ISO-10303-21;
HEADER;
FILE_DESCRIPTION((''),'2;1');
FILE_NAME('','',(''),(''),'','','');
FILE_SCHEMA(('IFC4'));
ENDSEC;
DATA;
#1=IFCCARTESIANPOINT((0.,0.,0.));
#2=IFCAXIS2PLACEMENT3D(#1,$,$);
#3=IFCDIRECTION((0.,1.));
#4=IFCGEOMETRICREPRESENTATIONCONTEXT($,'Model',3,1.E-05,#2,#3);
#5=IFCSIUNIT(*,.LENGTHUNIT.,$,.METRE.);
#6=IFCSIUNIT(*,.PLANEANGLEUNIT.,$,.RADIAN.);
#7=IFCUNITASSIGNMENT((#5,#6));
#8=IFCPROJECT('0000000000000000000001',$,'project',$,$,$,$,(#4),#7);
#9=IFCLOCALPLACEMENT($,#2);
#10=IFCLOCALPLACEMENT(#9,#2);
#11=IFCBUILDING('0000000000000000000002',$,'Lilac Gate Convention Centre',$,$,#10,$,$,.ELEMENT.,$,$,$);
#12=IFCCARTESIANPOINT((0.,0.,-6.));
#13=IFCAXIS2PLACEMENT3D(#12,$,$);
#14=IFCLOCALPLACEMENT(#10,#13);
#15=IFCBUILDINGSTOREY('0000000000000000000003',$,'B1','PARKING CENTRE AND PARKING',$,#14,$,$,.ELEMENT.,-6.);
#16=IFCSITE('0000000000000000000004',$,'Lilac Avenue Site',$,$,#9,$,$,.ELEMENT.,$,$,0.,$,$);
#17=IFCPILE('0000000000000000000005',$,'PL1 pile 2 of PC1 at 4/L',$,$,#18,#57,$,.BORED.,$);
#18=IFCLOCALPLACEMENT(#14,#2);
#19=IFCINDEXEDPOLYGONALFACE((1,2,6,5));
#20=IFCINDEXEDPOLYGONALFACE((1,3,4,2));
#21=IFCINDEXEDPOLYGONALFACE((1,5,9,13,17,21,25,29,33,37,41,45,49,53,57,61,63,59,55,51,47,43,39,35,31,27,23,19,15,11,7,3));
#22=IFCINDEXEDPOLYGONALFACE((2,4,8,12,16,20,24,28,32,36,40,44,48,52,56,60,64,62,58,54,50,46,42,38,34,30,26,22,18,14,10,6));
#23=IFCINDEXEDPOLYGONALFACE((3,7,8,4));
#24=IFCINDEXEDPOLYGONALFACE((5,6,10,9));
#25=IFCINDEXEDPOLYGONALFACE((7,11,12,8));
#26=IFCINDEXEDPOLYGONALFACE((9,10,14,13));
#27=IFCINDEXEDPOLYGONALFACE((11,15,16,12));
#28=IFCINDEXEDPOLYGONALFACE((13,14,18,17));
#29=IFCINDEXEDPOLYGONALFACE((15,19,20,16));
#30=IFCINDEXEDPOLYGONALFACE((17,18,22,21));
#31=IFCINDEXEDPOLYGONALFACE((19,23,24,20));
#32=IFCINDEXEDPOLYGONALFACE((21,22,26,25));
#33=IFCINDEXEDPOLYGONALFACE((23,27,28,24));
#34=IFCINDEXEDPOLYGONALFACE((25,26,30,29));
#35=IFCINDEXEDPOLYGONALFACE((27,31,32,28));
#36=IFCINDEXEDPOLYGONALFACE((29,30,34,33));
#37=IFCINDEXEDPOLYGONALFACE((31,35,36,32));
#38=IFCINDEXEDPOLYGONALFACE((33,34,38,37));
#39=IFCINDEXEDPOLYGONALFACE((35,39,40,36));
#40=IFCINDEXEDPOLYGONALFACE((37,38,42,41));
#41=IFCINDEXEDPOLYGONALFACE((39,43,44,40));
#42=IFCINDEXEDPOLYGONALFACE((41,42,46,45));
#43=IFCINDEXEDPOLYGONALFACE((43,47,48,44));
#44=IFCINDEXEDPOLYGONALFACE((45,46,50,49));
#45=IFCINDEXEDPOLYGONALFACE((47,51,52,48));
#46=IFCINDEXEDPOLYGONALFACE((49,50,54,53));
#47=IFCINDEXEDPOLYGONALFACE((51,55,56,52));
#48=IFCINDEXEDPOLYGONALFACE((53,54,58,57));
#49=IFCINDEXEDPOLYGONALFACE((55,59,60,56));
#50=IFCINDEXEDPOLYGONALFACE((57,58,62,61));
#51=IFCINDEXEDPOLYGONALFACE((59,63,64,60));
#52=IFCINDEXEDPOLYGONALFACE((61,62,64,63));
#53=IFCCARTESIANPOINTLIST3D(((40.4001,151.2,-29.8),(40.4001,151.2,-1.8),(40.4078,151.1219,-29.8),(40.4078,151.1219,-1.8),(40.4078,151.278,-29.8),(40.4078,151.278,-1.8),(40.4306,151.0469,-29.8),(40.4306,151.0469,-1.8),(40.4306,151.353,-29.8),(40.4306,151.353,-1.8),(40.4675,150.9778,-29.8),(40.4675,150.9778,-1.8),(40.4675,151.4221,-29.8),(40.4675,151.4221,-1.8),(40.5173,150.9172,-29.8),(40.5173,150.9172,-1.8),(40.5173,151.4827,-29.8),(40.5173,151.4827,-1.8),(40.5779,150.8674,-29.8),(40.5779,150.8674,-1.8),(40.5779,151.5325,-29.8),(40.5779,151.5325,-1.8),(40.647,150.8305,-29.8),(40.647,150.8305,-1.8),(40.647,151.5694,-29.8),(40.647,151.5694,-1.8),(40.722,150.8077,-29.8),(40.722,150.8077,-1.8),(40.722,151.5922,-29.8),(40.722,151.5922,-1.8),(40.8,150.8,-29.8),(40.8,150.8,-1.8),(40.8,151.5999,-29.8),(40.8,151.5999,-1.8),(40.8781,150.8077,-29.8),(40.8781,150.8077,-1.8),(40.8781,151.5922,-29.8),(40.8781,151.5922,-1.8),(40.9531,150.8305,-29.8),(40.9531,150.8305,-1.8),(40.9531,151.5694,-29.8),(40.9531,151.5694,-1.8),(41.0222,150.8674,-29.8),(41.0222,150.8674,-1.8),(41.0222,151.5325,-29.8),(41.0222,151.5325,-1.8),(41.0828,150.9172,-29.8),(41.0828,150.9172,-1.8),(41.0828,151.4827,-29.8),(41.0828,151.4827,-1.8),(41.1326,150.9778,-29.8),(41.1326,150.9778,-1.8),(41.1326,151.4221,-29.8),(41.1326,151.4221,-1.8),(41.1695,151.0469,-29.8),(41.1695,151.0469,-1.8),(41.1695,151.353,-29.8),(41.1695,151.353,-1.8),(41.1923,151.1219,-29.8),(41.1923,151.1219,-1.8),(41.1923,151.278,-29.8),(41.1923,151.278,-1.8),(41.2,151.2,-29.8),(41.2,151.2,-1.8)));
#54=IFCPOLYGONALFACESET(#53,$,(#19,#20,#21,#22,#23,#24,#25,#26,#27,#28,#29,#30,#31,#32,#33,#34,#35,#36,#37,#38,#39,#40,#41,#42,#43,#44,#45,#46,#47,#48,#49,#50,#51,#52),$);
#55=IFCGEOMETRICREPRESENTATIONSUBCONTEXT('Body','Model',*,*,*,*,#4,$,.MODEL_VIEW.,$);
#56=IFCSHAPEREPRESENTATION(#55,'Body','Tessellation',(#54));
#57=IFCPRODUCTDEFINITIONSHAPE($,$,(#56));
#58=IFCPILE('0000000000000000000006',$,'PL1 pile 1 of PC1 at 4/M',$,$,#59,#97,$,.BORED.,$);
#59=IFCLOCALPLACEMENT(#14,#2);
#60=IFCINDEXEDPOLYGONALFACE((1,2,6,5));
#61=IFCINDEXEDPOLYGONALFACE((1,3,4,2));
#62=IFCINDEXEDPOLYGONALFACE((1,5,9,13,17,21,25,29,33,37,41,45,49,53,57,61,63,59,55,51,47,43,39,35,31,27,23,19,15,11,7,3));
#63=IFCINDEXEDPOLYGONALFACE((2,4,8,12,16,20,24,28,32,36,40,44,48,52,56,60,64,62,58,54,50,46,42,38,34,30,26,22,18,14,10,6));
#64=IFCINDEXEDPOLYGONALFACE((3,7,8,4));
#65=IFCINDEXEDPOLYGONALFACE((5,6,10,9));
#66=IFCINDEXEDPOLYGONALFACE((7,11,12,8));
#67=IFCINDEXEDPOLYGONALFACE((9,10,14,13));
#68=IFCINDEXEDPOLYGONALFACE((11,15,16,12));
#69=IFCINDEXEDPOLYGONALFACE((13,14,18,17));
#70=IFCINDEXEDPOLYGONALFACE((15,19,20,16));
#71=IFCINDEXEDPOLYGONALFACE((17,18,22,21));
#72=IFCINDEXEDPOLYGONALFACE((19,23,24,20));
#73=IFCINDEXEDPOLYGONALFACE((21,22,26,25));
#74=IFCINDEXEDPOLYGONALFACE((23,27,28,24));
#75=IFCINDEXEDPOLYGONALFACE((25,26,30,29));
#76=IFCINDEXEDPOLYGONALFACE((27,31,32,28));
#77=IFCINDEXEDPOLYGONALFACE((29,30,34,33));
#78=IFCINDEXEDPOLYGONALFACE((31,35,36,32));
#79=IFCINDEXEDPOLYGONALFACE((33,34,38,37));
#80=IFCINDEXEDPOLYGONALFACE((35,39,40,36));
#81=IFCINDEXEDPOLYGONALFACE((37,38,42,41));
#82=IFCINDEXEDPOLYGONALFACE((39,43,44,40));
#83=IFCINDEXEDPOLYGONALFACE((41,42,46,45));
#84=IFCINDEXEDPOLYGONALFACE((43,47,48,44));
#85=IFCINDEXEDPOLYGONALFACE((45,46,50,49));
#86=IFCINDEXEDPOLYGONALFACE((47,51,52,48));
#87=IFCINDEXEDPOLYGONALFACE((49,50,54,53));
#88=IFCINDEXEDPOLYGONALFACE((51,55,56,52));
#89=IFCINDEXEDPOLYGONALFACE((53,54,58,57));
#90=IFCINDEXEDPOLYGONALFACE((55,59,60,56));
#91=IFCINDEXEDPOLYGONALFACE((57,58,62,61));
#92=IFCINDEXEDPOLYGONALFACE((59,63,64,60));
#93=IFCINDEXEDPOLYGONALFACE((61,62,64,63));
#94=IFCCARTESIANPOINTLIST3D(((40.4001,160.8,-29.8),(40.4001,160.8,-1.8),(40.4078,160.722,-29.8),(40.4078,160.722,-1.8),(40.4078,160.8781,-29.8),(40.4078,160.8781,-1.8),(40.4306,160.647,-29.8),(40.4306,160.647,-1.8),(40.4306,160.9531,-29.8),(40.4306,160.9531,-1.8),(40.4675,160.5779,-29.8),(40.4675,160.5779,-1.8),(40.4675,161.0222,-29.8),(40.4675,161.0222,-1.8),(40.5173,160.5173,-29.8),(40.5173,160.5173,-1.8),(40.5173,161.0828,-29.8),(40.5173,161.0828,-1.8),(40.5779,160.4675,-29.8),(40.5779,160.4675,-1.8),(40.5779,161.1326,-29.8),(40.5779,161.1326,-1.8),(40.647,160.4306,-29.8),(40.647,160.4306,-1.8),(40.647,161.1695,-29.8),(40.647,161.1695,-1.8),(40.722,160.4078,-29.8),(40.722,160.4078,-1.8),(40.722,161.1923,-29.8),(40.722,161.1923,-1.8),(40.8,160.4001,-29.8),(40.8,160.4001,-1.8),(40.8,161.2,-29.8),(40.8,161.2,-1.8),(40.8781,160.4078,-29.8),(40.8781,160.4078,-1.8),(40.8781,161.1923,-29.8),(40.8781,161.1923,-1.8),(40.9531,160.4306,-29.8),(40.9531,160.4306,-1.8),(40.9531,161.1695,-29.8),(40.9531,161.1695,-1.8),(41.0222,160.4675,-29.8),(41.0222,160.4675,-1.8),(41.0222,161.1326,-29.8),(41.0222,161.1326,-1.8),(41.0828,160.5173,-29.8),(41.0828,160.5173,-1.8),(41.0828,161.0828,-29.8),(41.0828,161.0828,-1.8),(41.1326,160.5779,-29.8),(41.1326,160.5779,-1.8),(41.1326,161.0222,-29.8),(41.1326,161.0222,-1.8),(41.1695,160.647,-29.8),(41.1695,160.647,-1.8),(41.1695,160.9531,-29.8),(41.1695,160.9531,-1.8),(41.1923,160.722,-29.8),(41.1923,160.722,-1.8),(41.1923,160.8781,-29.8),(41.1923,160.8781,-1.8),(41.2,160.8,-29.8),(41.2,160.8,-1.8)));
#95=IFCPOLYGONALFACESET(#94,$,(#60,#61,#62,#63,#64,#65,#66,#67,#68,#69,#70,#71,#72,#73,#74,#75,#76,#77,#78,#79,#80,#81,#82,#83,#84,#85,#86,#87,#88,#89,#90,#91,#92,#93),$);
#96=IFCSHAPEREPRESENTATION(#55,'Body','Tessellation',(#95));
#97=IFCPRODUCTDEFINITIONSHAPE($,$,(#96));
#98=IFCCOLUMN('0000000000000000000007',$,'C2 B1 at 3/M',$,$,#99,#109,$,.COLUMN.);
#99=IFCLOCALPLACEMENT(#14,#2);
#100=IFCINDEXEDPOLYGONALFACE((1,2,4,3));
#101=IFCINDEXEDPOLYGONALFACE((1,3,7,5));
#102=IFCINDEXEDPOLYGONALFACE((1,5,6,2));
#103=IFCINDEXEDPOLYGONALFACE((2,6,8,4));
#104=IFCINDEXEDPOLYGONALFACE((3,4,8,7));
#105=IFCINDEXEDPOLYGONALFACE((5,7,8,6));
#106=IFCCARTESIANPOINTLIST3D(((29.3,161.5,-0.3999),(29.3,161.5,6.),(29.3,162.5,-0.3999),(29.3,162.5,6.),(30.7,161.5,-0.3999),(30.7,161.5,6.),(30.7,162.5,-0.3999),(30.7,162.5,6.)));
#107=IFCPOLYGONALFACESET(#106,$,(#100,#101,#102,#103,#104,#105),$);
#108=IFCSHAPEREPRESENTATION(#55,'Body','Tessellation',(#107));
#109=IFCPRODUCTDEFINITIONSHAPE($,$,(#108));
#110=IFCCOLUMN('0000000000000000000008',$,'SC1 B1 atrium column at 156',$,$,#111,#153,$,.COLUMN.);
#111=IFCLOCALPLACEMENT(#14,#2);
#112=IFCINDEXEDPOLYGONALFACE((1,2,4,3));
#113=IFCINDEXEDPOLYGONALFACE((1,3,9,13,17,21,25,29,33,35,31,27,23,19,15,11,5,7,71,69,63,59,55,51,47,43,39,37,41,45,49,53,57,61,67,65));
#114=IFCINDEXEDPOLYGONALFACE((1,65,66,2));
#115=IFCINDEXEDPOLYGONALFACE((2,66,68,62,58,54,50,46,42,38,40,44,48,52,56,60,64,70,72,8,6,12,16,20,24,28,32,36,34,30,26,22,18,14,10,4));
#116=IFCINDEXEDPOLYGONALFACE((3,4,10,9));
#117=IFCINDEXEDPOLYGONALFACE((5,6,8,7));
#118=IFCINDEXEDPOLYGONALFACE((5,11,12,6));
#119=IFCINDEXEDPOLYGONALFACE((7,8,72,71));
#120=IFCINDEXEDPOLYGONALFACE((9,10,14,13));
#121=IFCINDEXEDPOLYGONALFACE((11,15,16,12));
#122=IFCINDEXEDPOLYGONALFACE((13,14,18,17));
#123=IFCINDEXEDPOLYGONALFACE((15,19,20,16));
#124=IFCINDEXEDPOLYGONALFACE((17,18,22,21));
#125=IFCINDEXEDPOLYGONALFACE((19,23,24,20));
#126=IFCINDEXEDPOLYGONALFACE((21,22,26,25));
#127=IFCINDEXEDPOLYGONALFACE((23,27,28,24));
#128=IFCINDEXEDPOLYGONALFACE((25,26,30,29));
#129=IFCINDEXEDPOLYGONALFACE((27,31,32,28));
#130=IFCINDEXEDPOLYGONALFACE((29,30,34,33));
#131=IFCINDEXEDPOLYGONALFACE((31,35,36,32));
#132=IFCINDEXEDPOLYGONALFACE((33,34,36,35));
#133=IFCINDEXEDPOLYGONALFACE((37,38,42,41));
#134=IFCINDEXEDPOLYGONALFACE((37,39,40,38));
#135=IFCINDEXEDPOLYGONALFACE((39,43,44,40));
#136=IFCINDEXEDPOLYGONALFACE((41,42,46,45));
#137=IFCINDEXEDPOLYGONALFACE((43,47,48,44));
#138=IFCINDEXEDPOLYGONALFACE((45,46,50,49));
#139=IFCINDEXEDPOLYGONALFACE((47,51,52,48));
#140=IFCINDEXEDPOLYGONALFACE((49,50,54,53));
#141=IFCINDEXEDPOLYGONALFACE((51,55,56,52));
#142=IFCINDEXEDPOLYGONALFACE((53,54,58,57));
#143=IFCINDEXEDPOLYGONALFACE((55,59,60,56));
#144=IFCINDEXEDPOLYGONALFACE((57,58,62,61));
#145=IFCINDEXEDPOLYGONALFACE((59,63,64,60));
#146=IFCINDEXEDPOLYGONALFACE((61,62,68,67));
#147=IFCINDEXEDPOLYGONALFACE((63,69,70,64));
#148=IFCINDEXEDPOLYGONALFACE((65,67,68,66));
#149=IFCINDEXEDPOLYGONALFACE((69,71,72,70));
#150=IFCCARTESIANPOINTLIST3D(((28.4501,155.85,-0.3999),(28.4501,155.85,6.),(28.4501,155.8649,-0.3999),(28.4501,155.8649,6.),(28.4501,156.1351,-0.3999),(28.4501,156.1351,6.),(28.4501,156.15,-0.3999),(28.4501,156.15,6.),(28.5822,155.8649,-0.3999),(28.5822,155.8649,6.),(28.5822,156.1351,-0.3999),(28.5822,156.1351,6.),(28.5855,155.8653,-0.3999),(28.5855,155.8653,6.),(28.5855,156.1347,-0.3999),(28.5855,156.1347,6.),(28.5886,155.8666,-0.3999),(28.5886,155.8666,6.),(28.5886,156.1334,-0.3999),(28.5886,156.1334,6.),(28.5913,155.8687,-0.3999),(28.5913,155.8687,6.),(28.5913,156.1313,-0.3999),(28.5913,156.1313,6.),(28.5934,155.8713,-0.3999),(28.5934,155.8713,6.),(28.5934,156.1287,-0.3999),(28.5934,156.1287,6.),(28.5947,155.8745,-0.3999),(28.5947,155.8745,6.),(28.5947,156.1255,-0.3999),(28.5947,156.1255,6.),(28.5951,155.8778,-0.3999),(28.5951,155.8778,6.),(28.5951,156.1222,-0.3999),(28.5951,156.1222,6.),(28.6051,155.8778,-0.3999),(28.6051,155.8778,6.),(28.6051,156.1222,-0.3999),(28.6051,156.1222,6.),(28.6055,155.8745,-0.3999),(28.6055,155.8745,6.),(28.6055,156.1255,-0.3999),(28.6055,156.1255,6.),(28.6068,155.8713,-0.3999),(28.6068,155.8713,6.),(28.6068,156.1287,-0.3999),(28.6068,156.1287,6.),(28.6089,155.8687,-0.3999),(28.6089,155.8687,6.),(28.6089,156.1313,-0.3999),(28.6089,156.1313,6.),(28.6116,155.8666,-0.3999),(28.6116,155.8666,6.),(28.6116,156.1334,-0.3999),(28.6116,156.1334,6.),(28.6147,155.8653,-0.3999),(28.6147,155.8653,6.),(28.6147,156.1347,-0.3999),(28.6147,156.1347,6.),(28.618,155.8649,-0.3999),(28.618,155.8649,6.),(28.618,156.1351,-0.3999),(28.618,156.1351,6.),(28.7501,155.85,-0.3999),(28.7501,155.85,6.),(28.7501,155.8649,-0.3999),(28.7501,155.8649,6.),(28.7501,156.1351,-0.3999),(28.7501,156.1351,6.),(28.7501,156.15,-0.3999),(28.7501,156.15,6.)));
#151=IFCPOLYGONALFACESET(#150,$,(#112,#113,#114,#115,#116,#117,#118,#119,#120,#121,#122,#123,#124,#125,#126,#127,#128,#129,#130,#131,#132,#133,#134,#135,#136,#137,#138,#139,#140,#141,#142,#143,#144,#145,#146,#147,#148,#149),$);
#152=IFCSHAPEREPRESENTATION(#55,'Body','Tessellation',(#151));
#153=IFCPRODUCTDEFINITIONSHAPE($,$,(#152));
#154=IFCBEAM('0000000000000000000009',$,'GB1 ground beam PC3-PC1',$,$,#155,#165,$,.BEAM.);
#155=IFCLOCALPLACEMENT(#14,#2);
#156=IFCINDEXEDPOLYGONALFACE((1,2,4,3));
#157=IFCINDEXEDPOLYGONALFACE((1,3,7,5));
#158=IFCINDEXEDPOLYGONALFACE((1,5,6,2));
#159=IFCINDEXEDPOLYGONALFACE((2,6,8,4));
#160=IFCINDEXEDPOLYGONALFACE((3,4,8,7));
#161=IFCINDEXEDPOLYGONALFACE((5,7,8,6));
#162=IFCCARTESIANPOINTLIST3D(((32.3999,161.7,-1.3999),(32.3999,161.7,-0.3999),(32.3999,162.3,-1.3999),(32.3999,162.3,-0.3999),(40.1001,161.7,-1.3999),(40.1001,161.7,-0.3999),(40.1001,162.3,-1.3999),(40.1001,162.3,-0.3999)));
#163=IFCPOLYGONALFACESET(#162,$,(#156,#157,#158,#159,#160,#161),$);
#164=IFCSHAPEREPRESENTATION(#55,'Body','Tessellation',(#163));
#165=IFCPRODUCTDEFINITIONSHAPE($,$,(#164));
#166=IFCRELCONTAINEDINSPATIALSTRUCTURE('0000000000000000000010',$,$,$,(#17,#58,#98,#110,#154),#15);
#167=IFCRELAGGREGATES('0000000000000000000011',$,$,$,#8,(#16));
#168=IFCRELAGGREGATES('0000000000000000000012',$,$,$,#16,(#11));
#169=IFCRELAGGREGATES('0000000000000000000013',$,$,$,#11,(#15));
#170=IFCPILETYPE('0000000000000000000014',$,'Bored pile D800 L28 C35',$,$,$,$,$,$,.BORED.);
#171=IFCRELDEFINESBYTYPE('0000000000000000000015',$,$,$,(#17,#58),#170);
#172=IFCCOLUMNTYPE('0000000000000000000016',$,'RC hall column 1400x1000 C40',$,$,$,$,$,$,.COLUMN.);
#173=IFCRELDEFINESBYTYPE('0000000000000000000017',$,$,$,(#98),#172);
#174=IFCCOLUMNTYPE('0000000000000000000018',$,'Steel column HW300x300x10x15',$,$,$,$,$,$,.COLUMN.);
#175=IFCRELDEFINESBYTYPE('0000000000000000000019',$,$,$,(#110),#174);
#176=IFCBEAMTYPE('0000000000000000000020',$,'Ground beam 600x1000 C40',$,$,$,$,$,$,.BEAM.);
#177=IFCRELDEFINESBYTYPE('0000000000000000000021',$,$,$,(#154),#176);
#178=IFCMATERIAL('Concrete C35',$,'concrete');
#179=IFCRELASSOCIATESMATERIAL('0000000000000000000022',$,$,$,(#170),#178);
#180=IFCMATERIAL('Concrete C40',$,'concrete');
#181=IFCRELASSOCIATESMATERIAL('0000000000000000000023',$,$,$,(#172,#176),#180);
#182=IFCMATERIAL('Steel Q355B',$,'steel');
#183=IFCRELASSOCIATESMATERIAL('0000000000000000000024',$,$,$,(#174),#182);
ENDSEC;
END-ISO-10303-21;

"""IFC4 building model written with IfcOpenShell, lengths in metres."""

from ifc_helpers import new_model, si_unit, direction, frame, origin, origin_2d, place, context, subcontext, project, spatial, rectangle, circle, i_section, extrude, material, material_profile, profile_set, type_object, element, save


model = new_model("IFC4")

# Units and contexts
model_context = context("Model", 3, precision=1e-05, world=origin(), true_north=direction((0.0, 1.0)))
body_context = subcontext(model_context, "Body", "Model", "MODEL_VIEW")
ifc_project = project(units=[si_unit("LENGTHUNIT", "METRE"), si_unit("PLANEANGLEUNIT", "RADIAN")], contexts=[model_context])

# Site, building, storey
site_placement = place(None, origin())
site = spatial("IfcSite", under=ifc_project, at=site_placement, Name="Lilac Avenue Site", CompositionType="ELEMENT", RefElevation=0.0)
building_placement = place(site_placement, origin())
building = spatial("IfcBuilding", under=site, at=building_placement, Name="Lilac Gate Convention Centre", CompositionType="ELEMENT")
storey_placement = place(building_placement, frame((0.0, 0.0, -6.0)))
storey = spatial("IfcBuildingStorey", under=building, at=storey_placement, Name="B1", Description="PARKING CENTRE AND PARKING", CompositionType="ELEMENT", Elevation=-6.0)

# Piles
ifc_material_1 = material(Name="Concrete C35", Category="concrete")
ifc_material_profile_1 = material_profile(ifc_material_1, circle(Radius=0.3999, at=origin_2d()), Name="D800")
ifc_profile_set_1 = profile_set([ifc_material_profile_1], Name="Concrete C35")
pile_type = type_object("IfcPileType", Name="Bored pile D800 L28 C35", PredefinedType="BORED", material=ifc_profile_set_1)
for number, where, z_axis, x_axis, name in (
    (1, (40.8, 151.2, -1.8), (0.0, 0.0, -1.0), (1.0, 0.0, 0.0), "PL1 pile 2 of PC1 at 4/L"),
    (2, (40.8, 160.8, -1.8), (0.0, 0.0, -1.0), (1.0, 0.0, 0.0), "PL1 pile 1 of PC1 at 4/M"),
):
    element("IfcPile", number, at=place(storey_placement, frame(where, z_axis=z_axis, x_axis=x_axis)), inside=storey, type_object=pile_type, Name=name, PredefinedType="BORED", context=body_context, shape_type="SweptSolid", body=[
        extrude(circle(Radius=0.3999, at=origin_2d()), origin(), (0.0, 0.0, 1.0), 28.0),
    ])

# Columns
ifc_material_2 = material(Name="Concrete C40", Category="concrete")
ifc_material_profile_2 = material_profile(ifc_material_2, rectangle(XDim=1.3999, YDim=1.0, at=origin_2d()), Name="RC 1400x1000")
ifc_profile_set_2 = profile_set([ifc_material_profile_2], Name="Concrete C40")
column_type_1 = type_object("IfcColumnType", Name="RC hall column 1400x1000 C40", PredefinedType="COLUMN", material=ifc_profile_set_2)
column_1_placement = place(storey_placement, frame((30.0, 162.0, -0.3999), z_axis=(0.0, 0.0, 1.0), x_axis=(1.0, 0.0, 0.0)))
element("IfcColumn", 3, at=column_1_placement, inside=storey, type_object=column_type_1, Name="C2 B1 at 3/M", PredefinedType="COLUMN", context=body_context, shape_type="SweptSolid", body=[
    extrude(rectangle(XDim=1.3999, YDim=1.0, at=origin_2d()), origin(), (0.0, 0.0, 1.0), 6.3999),
])
ifc_material_3 = material(Name="Steel Q355B", Category="steel")
ifc_material_profile_3 = material_profile(ifc_material_3, i_section(OverallWidth=0.3, OverallDepth=0.3, WebThickness=0.01, FlangeThickness=0.0149, FilletRadius=0.0129, at=origin_2d()), Name="HW300x300x10x15")
ifc_profile_set_3 = profile_set([ifc_material_profile_3], Name="Steel Q355B")
column_type_2 = type_object("IfcColumnType", Name="Steel column HW300x300x10x15", PredefinedType="COLUMN", material=ifc_profile_set_3)
column_2_placement = place(storey_placement, frame((28.6001, 156.0, -0.3999), z_axis=(0.0, 0.0, 1.0), x_axis=(1.0, 0.0, 0.0)))
element("IfcColumn", 4, at=column_2_placement, inside=storey, type_object=column_type_2, Name="SC1 B1 atrium column at 156", PredefinedType="COLUMN", context=body_context, shape_type="SweptSolid", body=[
    extrude(i_section(OverallWidth=0.3, OverallDepth=0.3, WebThickness=0.01, FlangeThickness=0.0149, FilletRadius=0.0129, at=origin_2d()), origin(), (0.0, 0.0, 1.0), 6.3999),
])

# Beam
ifc_material_profile_4 = material_profile(ifc_material_2, rectangle(XDim=0.6001, YDim=1.0, at=origin_2d()), Name="RC 600x1000")
ifc_profile_set_4 = profile_set([ifc_material_profile_4], Name="Concrete C40")
beam_type = type_object("IfcBeamType", Name="Ground beam 600x1000 C40", PredefinedType="BEAM", material=ifc_profile_set_4)
beam_placement = place(storey_placement, frame((32.3999, 162.0, -0.8999), z_axis=(1.0, 0.0, 0.0), x_axis=(0.0, 1.0, 0.0)))
element("IfcBeam", 5, at=beam_placement, inside=storey, type_object=beam_type, Name="GB1 ground beam PC3-PC1", PredefinedType="BEAM", context=body_context, shape_type="SweptSolid", body=[
    extrude(rectangle(XDim=0.6001, YDim=1.0, at=origin_2d()), origin(), (0.0, 0.0, 1.0), 7.7002),
])

save(model, "model.ifc")
